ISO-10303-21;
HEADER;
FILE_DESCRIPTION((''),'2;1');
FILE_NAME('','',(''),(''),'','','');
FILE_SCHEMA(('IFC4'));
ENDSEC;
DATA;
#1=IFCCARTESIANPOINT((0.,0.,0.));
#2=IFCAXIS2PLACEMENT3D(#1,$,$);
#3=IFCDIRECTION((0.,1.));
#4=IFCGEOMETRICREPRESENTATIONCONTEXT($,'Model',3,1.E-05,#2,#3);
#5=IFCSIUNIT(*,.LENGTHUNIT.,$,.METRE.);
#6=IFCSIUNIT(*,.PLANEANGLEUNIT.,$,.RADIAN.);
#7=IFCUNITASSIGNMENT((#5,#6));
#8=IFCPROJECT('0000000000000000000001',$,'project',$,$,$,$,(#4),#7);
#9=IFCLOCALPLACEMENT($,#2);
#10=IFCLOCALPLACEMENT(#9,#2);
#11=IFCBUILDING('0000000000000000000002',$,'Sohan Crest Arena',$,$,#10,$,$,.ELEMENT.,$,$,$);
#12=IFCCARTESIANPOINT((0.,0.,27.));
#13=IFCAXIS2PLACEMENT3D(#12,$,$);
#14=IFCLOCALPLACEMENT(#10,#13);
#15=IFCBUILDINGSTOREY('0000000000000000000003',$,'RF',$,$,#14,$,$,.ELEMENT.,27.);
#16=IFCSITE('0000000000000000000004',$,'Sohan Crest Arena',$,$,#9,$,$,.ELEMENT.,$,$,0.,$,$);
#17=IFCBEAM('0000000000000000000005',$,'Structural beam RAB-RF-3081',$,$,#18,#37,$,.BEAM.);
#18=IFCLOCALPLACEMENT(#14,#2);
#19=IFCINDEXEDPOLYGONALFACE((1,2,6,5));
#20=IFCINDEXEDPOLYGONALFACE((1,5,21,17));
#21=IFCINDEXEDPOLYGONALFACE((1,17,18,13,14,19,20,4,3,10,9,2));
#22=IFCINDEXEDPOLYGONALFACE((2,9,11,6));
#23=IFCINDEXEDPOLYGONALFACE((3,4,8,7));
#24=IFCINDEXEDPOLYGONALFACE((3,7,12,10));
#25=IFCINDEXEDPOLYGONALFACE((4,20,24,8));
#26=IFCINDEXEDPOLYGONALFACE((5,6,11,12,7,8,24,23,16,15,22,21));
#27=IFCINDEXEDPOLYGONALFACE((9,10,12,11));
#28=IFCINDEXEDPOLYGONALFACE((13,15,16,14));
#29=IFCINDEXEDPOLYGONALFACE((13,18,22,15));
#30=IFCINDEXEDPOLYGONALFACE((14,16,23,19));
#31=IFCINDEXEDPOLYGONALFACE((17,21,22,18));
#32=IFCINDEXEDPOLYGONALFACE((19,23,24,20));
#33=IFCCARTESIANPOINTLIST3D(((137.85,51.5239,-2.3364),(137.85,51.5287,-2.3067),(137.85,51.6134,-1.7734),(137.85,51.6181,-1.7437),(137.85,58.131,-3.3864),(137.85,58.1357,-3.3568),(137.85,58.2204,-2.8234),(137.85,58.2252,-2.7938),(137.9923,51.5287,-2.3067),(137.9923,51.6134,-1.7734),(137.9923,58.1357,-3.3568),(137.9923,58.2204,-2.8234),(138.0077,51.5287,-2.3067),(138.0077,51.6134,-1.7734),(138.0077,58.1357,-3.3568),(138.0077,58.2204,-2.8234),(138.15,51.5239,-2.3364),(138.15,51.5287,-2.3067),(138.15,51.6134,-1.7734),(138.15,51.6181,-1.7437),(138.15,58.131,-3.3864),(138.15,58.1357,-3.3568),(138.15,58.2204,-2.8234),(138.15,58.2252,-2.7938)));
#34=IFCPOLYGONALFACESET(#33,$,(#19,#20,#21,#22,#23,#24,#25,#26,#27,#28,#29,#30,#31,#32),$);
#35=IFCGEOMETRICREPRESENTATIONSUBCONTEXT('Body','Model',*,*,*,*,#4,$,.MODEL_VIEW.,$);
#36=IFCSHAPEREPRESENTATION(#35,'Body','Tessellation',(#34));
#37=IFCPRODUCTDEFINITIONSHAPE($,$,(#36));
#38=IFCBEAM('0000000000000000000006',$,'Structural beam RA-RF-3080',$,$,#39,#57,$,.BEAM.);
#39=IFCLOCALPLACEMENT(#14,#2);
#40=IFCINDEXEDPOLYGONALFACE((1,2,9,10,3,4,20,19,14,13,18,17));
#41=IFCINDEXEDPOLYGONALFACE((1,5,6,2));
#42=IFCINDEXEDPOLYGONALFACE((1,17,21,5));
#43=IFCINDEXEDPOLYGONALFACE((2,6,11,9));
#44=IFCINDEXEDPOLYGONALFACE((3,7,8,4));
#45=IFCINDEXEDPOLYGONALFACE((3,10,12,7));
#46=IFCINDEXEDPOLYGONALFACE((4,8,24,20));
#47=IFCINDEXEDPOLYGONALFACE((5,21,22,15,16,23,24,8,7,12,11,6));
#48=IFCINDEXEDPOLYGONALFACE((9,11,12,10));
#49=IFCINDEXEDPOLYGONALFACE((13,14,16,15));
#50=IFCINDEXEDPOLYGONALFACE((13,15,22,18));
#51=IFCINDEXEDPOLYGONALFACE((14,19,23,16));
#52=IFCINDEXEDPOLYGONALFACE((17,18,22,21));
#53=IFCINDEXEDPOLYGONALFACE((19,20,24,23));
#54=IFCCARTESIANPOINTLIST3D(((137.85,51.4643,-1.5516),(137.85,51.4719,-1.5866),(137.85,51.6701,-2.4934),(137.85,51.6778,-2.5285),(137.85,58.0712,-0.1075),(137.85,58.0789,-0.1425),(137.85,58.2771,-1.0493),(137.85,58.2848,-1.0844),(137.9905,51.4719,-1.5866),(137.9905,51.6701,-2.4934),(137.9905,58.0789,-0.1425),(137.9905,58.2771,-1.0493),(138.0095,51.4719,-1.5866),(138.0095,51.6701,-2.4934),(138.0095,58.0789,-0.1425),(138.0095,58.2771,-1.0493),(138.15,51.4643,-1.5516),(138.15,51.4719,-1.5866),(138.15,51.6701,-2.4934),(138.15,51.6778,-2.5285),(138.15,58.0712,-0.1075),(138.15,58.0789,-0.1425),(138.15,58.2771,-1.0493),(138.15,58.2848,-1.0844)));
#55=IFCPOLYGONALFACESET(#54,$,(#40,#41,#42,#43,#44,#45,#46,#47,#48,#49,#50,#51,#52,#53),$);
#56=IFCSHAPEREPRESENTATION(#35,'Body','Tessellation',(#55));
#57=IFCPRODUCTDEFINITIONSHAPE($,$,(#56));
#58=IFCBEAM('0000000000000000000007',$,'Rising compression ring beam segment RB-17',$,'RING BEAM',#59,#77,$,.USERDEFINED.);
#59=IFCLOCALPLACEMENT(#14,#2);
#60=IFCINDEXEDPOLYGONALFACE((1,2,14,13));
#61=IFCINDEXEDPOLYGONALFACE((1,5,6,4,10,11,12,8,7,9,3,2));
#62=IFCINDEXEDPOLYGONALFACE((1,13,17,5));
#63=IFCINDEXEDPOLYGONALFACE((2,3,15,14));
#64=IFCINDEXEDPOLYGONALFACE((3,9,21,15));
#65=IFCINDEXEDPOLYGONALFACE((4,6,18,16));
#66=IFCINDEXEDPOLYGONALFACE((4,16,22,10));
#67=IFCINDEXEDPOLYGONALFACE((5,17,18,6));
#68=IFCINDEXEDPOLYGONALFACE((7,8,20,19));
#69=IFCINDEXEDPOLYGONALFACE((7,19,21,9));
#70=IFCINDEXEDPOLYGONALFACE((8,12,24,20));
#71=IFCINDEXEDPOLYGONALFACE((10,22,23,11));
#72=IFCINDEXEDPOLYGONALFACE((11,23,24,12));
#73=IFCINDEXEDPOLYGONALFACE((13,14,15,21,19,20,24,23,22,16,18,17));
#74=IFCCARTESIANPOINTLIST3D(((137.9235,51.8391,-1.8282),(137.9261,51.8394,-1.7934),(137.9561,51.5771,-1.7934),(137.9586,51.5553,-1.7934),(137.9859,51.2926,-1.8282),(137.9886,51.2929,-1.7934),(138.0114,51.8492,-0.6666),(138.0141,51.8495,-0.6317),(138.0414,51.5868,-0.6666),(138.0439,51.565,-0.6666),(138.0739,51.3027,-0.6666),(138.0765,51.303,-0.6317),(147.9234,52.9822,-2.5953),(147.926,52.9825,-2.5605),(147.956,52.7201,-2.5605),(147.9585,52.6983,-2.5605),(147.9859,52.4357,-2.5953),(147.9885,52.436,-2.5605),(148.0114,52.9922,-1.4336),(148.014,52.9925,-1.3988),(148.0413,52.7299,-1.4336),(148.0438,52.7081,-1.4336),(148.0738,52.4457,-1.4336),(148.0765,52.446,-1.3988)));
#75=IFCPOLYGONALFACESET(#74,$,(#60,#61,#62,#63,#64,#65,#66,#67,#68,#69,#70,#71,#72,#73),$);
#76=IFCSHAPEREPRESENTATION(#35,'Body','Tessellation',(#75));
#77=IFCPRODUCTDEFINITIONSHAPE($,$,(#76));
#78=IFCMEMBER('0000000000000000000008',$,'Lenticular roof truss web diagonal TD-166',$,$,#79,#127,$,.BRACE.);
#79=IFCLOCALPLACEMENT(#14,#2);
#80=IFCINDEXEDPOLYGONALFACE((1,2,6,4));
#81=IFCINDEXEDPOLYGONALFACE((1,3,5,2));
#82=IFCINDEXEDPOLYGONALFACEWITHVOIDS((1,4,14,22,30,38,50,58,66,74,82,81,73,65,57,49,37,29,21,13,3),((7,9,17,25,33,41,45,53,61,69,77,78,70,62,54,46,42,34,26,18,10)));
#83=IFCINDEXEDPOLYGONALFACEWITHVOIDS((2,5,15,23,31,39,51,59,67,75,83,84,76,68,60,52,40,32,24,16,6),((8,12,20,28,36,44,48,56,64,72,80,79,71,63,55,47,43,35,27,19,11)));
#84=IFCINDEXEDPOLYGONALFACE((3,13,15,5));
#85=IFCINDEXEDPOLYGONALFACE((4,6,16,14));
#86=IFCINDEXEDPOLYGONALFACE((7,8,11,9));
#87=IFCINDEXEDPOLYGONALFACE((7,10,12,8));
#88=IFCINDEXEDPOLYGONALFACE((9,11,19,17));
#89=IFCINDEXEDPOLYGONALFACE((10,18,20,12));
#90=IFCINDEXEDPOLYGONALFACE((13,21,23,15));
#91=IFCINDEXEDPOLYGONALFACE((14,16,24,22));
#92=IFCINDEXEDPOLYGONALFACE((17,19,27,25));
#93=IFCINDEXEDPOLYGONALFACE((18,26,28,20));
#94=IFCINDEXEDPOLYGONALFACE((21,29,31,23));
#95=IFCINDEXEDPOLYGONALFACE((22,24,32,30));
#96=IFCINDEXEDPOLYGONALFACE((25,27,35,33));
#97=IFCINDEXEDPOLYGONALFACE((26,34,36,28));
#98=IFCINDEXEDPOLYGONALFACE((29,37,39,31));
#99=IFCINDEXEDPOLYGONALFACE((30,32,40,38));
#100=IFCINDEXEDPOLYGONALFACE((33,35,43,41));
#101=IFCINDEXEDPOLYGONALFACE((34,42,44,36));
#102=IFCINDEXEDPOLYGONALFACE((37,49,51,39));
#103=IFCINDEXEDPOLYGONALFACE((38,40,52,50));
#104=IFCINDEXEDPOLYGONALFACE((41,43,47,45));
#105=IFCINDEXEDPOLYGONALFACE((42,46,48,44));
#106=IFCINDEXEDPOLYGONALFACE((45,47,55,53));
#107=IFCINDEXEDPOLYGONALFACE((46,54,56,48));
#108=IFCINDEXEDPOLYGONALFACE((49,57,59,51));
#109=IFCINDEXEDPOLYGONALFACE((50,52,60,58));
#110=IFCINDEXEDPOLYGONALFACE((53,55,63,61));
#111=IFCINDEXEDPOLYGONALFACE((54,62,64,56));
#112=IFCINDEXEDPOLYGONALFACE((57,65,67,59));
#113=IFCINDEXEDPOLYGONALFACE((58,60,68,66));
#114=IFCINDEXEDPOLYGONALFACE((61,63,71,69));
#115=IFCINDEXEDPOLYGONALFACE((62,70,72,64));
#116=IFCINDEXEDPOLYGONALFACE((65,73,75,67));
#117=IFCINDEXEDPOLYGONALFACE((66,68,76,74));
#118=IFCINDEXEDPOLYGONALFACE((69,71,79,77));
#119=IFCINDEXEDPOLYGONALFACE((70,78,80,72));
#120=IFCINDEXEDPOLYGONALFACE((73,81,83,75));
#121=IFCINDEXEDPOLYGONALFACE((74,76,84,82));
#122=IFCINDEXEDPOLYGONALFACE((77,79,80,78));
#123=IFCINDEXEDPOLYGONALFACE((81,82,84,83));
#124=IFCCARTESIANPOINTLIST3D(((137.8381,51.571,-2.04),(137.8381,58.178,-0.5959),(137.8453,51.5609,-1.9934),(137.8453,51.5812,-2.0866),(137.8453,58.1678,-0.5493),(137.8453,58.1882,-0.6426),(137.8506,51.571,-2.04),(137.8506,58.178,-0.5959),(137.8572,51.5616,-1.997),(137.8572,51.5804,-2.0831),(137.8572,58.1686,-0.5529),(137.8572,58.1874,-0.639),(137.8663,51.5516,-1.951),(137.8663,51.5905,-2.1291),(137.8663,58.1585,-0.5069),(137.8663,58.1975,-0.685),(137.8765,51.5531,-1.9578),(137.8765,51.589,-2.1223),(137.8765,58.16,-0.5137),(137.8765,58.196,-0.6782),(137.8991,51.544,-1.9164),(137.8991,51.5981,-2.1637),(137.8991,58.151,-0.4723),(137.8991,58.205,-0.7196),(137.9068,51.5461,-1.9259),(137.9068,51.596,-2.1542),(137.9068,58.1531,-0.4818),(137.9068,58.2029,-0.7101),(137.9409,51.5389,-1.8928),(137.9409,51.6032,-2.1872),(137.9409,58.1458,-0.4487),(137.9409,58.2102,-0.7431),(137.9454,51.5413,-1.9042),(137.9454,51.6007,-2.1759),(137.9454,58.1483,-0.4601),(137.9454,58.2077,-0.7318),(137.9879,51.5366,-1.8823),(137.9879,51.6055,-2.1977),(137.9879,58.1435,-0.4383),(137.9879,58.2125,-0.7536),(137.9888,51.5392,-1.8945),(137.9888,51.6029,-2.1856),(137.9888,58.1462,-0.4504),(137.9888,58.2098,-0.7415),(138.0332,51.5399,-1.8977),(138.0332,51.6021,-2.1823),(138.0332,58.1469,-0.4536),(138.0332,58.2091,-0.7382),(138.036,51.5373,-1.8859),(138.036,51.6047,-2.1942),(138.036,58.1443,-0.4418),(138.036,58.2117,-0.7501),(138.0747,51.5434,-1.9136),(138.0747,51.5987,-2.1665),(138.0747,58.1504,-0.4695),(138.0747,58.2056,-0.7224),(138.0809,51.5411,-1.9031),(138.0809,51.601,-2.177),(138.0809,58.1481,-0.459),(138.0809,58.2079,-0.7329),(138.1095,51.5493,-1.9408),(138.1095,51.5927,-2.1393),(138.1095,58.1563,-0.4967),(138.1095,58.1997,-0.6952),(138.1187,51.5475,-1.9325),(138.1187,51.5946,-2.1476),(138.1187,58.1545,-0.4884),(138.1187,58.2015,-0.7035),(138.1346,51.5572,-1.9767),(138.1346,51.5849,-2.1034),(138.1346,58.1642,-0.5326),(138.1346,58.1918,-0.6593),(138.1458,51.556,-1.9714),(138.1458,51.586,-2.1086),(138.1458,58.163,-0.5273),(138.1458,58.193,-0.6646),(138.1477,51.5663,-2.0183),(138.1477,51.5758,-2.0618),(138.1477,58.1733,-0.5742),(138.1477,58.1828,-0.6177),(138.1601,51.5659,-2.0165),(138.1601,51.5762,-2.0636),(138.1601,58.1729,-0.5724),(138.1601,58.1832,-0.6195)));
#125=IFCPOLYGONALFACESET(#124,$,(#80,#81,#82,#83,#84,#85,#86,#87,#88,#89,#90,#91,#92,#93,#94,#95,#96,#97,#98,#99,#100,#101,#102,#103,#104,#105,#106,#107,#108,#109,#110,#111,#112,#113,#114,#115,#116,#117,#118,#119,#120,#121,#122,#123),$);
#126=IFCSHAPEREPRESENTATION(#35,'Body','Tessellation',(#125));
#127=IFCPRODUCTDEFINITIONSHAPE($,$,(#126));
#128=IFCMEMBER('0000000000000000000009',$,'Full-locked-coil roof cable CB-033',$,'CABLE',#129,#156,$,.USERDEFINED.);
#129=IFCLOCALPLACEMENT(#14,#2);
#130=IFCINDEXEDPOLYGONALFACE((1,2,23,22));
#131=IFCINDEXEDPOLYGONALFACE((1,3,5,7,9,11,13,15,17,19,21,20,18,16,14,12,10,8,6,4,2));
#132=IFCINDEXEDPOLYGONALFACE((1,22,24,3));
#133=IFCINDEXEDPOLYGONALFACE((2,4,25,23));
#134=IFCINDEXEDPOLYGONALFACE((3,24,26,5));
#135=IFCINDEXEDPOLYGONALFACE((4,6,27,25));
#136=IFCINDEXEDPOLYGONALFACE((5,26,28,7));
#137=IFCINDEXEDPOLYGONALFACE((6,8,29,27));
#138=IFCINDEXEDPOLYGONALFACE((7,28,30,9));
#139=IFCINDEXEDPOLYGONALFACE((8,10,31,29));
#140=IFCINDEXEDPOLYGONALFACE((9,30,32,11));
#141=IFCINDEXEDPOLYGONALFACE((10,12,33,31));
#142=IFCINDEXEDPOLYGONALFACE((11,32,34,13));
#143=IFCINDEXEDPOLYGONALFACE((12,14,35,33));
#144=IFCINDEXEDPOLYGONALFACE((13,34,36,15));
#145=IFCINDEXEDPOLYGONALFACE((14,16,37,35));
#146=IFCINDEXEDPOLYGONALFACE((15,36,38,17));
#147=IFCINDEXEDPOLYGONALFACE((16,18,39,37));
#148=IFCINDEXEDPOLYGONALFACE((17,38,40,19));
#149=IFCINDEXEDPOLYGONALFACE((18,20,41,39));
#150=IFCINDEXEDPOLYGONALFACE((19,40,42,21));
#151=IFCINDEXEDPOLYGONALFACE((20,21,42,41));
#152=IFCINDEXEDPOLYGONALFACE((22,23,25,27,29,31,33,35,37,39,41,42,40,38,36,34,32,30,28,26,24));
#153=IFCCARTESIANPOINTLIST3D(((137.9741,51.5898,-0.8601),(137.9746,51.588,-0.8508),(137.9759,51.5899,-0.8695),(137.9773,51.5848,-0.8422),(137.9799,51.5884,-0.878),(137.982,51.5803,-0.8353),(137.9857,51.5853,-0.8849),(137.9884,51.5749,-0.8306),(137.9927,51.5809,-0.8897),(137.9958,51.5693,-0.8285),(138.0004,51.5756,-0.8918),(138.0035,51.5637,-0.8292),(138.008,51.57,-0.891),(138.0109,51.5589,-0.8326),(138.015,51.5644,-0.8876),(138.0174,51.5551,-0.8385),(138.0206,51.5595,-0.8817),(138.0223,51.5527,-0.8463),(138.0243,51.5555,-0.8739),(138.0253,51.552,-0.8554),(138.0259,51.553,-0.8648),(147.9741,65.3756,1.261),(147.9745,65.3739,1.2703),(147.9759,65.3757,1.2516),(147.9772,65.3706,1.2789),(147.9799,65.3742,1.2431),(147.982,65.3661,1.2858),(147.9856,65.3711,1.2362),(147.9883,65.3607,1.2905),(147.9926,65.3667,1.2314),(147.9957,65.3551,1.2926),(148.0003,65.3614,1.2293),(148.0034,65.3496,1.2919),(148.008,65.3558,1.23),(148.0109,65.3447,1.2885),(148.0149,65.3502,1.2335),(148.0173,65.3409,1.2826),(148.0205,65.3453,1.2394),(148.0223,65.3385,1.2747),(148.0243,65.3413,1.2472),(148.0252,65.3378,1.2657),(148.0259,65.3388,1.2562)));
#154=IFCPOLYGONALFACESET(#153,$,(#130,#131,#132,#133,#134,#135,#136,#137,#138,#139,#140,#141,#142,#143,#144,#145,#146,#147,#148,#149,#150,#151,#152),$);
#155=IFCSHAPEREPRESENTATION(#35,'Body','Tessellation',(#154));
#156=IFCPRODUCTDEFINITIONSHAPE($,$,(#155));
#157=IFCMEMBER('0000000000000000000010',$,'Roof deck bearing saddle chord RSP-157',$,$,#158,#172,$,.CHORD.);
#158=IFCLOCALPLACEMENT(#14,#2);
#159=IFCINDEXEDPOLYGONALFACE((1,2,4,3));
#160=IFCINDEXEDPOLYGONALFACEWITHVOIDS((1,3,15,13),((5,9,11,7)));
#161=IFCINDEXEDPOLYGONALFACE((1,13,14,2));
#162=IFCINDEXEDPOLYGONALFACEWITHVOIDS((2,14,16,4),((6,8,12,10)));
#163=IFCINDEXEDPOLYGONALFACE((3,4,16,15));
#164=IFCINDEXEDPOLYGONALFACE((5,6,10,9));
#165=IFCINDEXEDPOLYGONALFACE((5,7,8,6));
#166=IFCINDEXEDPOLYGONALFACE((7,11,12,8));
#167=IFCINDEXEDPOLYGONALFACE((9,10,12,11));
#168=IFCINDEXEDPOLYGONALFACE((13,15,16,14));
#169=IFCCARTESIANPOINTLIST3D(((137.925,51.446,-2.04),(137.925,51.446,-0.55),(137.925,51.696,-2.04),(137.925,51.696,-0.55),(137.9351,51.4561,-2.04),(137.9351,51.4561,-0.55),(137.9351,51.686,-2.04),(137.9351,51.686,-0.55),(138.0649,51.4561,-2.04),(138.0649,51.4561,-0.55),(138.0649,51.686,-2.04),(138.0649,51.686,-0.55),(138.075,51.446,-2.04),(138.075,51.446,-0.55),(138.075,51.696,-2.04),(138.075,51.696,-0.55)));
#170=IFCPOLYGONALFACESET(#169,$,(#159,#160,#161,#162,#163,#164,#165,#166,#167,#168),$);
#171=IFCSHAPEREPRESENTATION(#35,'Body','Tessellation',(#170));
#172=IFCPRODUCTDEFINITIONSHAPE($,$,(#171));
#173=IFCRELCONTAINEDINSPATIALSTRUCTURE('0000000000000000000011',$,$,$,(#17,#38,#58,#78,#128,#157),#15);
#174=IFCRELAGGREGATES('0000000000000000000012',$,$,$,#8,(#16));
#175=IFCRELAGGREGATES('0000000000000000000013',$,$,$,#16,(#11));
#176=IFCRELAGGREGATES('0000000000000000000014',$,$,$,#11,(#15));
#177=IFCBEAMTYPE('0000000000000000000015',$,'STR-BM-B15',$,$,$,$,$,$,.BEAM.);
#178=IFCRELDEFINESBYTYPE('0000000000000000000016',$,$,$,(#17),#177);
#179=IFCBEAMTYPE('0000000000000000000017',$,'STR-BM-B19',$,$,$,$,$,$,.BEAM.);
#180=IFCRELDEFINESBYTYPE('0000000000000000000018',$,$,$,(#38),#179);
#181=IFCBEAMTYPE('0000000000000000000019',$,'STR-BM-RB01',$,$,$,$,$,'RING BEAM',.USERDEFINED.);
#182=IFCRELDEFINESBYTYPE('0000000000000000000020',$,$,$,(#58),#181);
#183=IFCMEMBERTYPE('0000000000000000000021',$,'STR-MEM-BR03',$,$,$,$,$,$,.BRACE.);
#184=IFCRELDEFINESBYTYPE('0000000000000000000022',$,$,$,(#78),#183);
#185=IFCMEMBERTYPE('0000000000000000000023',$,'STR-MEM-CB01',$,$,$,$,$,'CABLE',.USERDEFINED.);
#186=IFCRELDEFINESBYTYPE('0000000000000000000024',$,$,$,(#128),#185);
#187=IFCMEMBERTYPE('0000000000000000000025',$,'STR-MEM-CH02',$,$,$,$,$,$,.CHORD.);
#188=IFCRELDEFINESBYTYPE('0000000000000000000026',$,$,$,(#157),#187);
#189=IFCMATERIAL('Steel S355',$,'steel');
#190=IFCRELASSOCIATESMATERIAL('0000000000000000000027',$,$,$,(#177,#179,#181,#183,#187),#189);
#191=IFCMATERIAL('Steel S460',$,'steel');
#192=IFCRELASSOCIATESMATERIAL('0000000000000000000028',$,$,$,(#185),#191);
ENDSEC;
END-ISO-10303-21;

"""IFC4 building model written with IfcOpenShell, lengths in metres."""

from ifc_helpers import new_model, si_unit, direction, frame, origin, origin_2d, place, context, subcontext, project, spatial, hollow_rectangle, circle, hollow_circle, i_section, extrude, material, material_profile, profile_set, type_object, element, save


model = new_model("IFC4")

# Units and contexts
model_context = context("Model", 3, precision=1e-05, world=origin(), true_north=direction((0.0, 1.0)))
body_context = subcontext(model_context, "Body", "Model", "MODEL_VIEW")
ifc_project = project(units=[si_unit("LENGTHUNIT", "METRE"), si_unit("PLANEANGLEUNIT", "RADIAN")], contexts=[model_context])

# Site, building, storey
site_placement = place(None, origin())
site = spatial("IfcSite", under=ifc_project, at=site_placement, Name="Sohan Crest Arena", CompositionType="ELEMENT", RefElevation=0.0)
building_placement = place(site_placement, origin())
building = spatial("IfcBuilding", under=site, at=building_placement, Name="Sohan Crest Arena", CompositionType="ELEMENT")
storey_placement = place(building_placement, frame((0.0, 0.0, 27.0)))
storey = spatial("IfcBuildingStorey", under=building, at=storey_placement, Name="RF", CompositionType="ELEMENT", Elevation=27.0)

# Beams
ifc_material_1 = material(Name="Steel S355", Category="steel")
ifc_material_profile_1 = material_profile(ifc_material_1, i_section(OverallWidth=0.3, OverallDepth=0.6001, WebThickness=0.0154, FlangeThickness=0.03, at=origin_2d()), Name="HEB 600")
ifc_profile_set_1 = profile_set([ifc_material_profile_1], Name="Steel S355")
beam_type_1 = type_object("IfcBeamType", Name="STR-BM-B15", PredefinedType="BEAM", material=ifc_profile_set_1)
beam_1_placement = place(storey_placement, frame((138.0, 51.571, -2.04), z_axis=(0.0, 0.987605, -0.156961), x_axis=(-1.0, 0.0, 0.0)))
element("IfcBeam", 1, at=beam_1_placement, inside=storey, type_object=beam_type_1, Name="Structural beam RAB-RF-3081", PredefinedType="BEAM", context=body_context, shape_type="SweptSolid", body=[
    extrude(i_section(OverallWidth=0.3, OverallDepth=0.6001, WebThickness=0.0154, FlangeThickness=0.03, at=origin_2d()), origin(), (0.0, 0.0, 1.0), 6.6899),
])
ifc_material_profile_2 = material_profile(ifc_material_1, i_section(OverallWidth=0.3, OverallDepth=1.0, WebThickness=0.019, FlangeThickness=0.0359, at=origin_2d()), Name="HEB 1000")
ifc_profile_set_2 = profile_set([ifc_material_profile_2], Name="Steel S355")
beam_type_2 = type_object("IfcBeamType", Name="STR-BM-B19", PredefinedType="BEAM", material=ifc_profile_set_2)
beam_2_placement = place(storey_placement, frame((138.0, 51.571, -2.04), z_axis=(0.0, 0.976936, 0.213531), x_axis=(-1.0, 0.0, 0.0)))
element("IfcBeam", 2, at=beam_2_placement, inside=storey, type_object=beam_type_2, Name="Structural beam RA-RF-3080", PredefinedType="BEAM", context=body_context, shape_type="SweptSolid", body=[
    extrude(i_section(OverallWidth=0.3, OverallDepth=1.0, WebThickness=0.019, FlangeThickness=0.0359, at=origin_2d()), origin(), (0.0, 0.0, 1.0), 6.7629),
])
ifc_material_profile_3 = material_profile(ifc_material_1, i_section(OverallWidth=0.55, OverallDepth=1.2, WebThickness=0.022, FlangeThickness=0.0349, at=origin_2d()), Name="PG 1200x550x22x35")
ifc_profile_set_3 = profile_set([ifc_material_profile_3], Name="Steel S355")
beam_type_3 = type_object("IfcBeamType", Name="STR-BM-RB01", ElementType="RING BEAM", PredefinedType="USERDEFINED", material=ifc_profile_set_3)
beam_3_placement = place(storey_placement, frame((138.0, 51.571, -1.23), z_axis=(0.990657, 0.113239, -0.075992), x_axis=(-0.113567, 0.99353, 0.0)))
element("IfcBeam", 3, at=beam_3_placement, inside=storey, type_object=beam_type_3, Name="Rising compression ring beam segment RB-17", ObjectType="RING BEAM", PredefinedType="USERDEFINED", context=body_context, shape_type="SweptSolid", body=[
    extrude(i_section(OverallWidth=0.55, OverallDepth=1.2, WebThickness=0.022, FlangeThickness=0.0349, at=origin_2d()), origin(), (0.0, 0.0, 1.0), 10.0942),
])

# Members
ifc_material_profile_4 = material_profile(ifc_material_1, hollow_circle(Radius=0.1619, WallThickness=0.0125, at=origin_2d()), Name="CHS 323.9x12.5")
ifc_profile_set_4 = profile_set([ifc_material_profile_4], Name="Steel S355")
member_type_1 = type_object("IfcMemberType", Name="STR-MEM-BR03", PredefinedType="BRACE", material=ifc_profile_set_4)
member_1_placement = place(storey_placement, frame((138.0, 51.571, -2.04), z_axis=(0.0, 0.976936, 0.213531), x_axis=(-1.0, 0.0, 0.0)))
element("IfcMember", 4, at=member_1_placement, inside=storey, type_object=member_type_1, Name="Lenticular roof truss web diagonal TD-166", PredefinedType="BRACE", context=body_context, shape_type="SweptSolid", body=[
    extrude(hollow_circle(Radius=0.1619, WallThickness=0.0125, at=origin_2d()), origin(), (0.0, 0.0, 1.0), 6.7629),
])
ifc_material_2 = material(Name="Steel S460", Category="steel")
ifc_material_profile_5 = material_profile(ifc_material_2, circle(Radius=0.032, at=origin_2d()), Name="FLC D64")
ifc_profile_set_5 = profile_set([ifc_material_profile_5], Name="Steel S460")
member_type_2 = type_object("IfcMemberType", Name="STR-MEM-CB01", ElementType="CABLE", PredefinedType="USERDEFINED", material=ifc_profile_set_5)
member_2_placement = place(storey_placement, frame((138.0, 51.571, -0.8601), z_axis=(0.582667, 0.803259, 0.123589), x_axis=(-0.809464, 0.587169, 0.0)))
element("IfcMember", 5, at=member_2_placement, inside=storey, type_object=member_type_2, Name="Full-locked-coil roof cable CB-033", ObjectType="CABLE", PredefinedType="USERDEFINED", context=body_context, shape_type="SweptSolid", body=[
    extrude(circle(Radius=0.032, at=origin_2d()), origin(), (0.0, 0.0, 1.0), 17.1624),
])
ifc_material_profile_6 = material_profile(ifc_material_1, hollow_rectangle(XDim=0.1499, YDim=0.25, WallThickness=0.01, at=origin_2d()), Name="RHS 250x150x10")
ifc_profile_set_6 = profile_set([ifc_material_profile_6], Name="Steel S355")
member_type_3 = type_object("IfcMemberType", Name="STR-MEM-CH02", PredefinedType="CHORD", material=ifc_profile_set_6)
member_3_placement = place(storey_placement, frame((138.0, 51.571, -2.04), z_axis=(0.0, 0.0, 1.0), x_axis=(1.0, 0.0, 0.0)))
element("IfcMember", 6, at=member_3_placement, inside=storey, type_object=member_type_3, Name="Roof deck bearing saddle chord RSP-157", PredefinedType="CHORD", context=body_context, shape_type="SweptSolid", body=[
    extrude(hollow_rectangle(XDim=0.1499, YDim=0.25, WallThickness=0.01, at=origin_2d()), origin(), (0.0, 0.0, 1.0), 1.49),
])

save(model, "model.ifc")
